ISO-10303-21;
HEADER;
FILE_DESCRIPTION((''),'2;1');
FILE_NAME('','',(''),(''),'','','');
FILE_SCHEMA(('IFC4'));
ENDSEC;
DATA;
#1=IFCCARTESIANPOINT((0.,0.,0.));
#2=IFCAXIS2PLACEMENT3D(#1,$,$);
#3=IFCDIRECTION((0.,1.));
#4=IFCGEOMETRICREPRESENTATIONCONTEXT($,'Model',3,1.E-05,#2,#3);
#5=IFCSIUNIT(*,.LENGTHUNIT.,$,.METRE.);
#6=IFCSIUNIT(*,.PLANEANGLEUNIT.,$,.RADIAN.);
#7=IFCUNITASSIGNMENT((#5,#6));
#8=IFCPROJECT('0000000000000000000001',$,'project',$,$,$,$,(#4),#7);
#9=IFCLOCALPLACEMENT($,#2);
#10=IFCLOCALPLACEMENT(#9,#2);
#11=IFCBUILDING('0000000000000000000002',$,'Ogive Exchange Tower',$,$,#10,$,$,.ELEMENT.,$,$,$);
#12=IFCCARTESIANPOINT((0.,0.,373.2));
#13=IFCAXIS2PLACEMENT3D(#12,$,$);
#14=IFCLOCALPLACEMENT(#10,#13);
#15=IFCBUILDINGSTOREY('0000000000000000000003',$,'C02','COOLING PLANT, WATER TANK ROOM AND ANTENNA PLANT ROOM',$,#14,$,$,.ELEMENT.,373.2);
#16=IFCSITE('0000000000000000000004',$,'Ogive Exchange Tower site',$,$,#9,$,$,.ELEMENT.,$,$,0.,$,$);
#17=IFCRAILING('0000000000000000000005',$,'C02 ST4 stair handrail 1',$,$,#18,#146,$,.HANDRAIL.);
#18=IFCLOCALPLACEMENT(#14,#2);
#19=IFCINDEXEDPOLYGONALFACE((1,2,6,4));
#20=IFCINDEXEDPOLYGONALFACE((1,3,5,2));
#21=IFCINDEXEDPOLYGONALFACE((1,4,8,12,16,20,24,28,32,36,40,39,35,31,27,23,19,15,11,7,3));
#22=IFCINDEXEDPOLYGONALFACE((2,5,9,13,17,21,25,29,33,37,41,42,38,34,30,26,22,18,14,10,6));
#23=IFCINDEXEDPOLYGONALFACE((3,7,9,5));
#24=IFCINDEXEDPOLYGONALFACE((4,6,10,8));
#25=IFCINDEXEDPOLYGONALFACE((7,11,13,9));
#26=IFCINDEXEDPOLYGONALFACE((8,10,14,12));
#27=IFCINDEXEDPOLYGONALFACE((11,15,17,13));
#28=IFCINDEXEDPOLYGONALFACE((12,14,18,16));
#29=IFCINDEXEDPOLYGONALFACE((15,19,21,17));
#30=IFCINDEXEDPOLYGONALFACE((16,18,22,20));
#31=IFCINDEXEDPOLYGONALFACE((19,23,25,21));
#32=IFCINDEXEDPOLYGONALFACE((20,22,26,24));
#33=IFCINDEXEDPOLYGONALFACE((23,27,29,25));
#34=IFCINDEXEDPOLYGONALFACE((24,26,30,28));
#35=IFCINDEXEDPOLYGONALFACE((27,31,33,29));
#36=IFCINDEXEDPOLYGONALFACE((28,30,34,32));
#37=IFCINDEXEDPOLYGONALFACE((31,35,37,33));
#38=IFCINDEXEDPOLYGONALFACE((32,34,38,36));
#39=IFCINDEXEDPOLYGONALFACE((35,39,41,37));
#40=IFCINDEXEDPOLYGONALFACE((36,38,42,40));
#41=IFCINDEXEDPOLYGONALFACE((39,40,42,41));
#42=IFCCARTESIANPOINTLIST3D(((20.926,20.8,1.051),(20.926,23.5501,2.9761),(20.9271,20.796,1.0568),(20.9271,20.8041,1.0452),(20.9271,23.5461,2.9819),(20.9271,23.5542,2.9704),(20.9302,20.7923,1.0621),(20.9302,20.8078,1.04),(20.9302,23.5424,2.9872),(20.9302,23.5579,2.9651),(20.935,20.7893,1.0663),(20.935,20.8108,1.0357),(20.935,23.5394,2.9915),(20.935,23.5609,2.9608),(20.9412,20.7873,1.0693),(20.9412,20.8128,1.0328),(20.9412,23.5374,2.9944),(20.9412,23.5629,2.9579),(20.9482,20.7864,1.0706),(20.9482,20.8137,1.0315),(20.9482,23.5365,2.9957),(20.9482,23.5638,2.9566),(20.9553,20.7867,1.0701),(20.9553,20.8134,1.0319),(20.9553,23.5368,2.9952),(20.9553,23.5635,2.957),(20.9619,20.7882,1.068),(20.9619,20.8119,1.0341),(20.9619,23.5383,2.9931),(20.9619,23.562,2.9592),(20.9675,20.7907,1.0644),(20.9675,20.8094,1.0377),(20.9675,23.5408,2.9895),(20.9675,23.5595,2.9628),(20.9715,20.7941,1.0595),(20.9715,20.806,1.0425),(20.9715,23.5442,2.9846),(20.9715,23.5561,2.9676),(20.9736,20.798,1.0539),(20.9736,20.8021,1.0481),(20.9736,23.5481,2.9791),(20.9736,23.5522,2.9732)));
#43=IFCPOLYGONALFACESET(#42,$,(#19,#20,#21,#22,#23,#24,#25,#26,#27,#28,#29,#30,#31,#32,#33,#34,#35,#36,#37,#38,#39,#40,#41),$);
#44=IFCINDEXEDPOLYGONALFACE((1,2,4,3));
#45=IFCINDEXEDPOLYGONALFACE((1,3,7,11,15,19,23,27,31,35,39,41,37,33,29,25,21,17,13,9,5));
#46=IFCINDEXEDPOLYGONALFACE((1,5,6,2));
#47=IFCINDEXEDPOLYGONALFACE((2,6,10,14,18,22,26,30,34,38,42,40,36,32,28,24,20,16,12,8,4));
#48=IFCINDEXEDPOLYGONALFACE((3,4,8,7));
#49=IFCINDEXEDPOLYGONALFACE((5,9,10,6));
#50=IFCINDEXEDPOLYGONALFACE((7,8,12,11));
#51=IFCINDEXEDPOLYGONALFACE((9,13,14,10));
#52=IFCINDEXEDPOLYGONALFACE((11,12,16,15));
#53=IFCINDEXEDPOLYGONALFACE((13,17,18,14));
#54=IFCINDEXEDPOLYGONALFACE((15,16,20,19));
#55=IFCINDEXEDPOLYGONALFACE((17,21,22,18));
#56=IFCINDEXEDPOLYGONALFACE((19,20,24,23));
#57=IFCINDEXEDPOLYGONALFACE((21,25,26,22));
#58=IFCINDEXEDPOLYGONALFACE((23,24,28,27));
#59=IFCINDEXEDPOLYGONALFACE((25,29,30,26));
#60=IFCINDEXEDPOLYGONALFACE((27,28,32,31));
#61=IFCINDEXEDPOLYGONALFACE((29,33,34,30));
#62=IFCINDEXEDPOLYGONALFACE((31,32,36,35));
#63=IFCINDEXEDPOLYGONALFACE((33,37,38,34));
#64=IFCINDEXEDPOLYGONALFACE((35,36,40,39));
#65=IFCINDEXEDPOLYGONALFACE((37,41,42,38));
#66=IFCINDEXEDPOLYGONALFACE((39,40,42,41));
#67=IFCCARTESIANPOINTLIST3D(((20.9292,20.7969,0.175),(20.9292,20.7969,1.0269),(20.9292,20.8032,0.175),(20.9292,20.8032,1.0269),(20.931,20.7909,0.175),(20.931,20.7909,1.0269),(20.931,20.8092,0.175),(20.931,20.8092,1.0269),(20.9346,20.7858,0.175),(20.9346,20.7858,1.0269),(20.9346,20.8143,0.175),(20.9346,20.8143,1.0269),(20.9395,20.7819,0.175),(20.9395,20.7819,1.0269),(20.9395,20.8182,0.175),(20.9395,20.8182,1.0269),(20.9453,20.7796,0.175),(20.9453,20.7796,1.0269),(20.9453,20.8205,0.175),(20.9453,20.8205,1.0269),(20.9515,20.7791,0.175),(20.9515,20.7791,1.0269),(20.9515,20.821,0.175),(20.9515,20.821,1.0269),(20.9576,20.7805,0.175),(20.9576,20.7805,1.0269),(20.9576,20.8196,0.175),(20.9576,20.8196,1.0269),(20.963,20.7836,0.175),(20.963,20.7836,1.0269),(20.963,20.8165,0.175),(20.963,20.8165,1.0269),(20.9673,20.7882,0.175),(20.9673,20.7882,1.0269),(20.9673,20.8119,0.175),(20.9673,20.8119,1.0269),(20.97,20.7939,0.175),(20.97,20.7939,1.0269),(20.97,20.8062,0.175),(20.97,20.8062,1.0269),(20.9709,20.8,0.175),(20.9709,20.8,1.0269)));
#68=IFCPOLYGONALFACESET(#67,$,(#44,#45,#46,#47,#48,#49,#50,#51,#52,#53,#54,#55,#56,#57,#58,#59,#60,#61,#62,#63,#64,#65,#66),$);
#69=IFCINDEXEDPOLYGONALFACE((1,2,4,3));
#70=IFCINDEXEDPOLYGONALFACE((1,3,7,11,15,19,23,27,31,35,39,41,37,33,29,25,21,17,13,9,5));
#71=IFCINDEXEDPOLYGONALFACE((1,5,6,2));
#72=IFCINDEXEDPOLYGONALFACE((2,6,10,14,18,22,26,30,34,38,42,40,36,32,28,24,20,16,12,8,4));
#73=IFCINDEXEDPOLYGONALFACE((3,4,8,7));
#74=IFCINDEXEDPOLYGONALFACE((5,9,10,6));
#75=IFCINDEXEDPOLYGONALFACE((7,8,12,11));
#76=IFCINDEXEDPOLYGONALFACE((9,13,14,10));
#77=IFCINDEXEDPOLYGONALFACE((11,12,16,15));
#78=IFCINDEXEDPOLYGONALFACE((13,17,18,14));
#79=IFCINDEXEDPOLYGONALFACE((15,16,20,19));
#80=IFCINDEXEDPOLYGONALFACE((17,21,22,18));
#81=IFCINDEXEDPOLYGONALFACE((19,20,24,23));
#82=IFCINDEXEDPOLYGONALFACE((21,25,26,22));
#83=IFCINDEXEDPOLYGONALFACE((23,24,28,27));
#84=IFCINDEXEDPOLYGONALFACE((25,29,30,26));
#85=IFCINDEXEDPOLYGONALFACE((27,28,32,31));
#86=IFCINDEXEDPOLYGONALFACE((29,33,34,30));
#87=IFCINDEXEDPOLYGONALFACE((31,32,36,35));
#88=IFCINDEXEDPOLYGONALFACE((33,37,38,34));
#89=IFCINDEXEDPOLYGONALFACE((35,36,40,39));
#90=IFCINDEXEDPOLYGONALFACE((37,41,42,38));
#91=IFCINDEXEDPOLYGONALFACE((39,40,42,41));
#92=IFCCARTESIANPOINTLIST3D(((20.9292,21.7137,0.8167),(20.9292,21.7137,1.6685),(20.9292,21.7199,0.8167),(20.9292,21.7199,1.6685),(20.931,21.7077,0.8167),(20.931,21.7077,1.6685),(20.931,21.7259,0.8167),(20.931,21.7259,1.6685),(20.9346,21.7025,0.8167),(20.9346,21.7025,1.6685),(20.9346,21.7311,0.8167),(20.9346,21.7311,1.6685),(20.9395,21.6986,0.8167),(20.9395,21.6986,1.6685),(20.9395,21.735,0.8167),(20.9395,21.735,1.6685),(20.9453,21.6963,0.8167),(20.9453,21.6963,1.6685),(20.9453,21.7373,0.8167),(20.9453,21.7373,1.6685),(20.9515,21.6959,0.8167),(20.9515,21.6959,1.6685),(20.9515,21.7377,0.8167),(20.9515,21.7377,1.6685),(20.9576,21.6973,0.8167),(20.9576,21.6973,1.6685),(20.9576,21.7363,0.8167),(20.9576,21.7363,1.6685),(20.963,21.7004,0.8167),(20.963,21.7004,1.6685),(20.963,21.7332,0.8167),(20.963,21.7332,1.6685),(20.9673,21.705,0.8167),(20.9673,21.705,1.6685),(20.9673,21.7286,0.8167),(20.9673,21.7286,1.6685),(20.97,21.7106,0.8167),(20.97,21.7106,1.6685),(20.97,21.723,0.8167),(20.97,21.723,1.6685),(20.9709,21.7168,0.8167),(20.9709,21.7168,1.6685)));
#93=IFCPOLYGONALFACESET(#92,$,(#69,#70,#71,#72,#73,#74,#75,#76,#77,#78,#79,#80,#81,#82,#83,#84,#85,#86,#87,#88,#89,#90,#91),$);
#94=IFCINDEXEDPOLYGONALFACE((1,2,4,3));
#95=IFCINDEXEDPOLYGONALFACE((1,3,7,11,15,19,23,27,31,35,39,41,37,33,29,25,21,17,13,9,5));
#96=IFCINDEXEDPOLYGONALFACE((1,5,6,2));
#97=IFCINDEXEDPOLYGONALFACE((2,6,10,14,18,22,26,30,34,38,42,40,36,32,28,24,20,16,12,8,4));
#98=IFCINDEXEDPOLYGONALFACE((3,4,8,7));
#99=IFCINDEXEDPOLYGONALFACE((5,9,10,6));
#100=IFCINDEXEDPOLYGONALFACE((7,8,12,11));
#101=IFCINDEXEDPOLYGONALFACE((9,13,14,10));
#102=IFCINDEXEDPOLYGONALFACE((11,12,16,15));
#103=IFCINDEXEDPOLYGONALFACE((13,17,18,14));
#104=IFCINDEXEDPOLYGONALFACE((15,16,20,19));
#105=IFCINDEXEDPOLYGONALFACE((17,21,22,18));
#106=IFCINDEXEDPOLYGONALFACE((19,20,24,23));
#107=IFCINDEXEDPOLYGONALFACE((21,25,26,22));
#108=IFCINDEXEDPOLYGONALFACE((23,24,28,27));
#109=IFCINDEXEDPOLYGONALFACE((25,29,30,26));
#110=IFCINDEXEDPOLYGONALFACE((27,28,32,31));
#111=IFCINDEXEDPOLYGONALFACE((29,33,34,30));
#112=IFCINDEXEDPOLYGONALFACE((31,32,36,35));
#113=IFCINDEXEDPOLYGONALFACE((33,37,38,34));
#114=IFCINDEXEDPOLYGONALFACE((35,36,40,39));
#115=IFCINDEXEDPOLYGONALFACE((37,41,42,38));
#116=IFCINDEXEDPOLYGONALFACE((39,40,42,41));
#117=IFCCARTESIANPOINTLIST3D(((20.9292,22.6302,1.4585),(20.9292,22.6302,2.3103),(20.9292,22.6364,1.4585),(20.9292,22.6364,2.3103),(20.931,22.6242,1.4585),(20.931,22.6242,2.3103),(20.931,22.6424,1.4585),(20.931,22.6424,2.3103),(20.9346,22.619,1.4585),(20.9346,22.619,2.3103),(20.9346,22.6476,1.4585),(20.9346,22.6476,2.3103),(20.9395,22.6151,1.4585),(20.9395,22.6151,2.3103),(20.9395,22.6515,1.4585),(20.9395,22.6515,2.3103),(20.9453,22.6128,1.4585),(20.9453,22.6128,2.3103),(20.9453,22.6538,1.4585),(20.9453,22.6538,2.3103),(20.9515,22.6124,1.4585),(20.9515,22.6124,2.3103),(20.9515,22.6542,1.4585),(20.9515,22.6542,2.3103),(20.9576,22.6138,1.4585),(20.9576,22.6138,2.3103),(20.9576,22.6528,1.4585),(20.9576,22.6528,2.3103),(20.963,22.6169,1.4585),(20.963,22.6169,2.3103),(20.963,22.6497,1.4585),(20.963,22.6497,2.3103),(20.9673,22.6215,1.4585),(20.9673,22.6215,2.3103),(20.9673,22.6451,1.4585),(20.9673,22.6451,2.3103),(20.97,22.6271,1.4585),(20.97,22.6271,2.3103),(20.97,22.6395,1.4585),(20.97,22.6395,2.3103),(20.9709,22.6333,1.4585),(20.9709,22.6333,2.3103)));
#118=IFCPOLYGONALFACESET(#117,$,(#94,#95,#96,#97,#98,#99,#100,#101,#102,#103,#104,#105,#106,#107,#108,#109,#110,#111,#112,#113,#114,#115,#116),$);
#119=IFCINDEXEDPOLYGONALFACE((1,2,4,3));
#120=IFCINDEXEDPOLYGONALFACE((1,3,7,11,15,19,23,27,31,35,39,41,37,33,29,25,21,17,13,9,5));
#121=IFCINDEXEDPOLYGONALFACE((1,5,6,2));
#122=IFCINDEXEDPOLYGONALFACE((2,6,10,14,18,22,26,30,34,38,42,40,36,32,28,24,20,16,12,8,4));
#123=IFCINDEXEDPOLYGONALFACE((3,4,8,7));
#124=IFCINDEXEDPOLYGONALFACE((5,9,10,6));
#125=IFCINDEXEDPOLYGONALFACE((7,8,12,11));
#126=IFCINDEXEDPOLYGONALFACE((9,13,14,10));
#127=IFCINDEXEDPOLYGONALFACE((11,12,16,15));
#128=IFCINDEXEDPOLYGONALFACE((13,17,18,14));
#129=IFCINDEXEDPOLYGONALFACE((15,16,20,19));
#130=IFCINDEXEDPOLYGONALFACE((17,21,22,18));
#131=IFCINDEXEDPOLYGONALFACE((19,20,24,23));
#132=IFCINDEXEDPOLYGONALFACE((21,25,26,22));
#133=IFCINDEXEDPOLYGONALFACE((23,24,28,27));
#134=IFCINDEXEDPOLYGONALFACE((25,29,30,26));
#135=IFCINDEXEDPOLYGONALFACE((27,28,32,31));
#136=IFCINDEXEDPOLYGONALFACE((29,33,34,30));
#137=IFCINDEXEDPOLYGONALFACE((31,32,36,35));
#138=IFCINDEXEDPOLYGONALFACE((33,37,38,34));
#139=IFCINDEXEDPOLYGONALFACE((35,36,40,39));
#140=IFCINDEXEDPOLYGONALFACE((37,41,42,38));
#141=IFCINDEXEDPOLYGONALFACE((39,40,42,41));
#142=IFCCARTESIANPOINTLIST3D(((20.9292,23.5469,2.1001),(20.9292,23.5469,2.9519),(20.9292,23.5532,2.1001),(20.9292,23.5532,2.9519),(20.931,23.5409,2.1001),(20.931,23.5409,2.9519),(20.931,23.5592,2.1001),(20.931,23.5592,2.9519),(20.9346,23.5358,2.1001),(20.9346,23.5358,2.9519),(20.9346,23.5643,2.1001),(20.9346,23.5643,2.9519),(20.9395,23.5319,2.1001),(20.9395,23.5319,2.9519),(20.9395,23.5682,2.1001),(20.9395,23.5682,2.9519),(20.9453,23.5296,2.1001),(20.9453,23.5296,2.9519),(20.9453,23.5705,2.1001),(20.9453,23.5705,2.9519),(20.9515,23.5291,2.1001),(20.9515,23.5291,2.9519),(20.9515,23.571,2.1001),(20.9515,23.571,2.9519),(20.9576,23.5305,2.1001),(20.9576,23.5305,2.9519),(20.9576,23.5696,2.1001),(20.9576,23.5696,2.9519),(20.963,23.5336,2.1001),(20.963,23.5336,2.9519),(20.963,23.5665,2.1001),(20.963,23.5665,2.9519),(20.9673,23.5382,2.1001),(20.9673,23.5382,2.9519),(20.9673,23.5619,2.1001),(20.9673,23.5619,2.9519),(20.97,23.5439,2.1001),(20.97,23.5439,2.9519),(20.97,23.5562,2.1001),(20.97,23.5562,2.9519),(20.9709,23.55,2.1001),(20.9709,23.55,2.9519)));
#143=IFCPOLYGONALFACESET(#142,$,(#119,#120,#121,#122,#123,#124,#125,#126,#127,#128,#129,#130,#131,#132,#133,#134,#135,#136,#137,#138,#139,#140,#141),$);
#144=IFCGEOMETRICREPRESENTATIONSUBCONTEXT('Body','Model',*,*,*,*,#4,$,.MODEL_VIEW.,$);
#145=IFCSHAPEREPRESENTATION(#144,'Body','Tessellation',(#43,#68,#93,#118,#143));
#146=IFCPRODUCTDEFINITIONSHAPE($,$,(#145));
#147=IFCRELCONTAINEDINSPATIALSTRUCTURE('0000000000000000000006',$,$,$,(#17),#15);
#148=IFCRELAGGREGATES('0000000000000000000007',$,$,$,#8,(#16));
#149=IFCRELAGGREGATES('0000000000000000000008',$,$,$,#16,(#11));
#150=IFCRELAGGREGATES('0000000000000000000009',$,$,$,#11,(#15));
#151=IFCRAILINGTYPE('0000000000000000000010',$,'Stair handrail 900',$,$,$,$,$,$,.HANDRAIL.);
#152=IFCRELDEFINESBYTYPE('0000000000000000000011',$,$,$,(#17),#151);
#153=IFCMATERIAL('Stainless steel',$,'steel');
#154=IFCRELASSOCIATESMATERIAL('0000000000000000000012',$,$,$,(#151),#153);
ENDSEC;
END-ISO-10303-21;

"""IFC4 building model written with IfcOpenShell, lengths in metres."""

from ifc_helpers import new_model, si_unit, direction, frame, origin, origin_2d, place, context, subcontext, project, spatial, circle, extrude, material, type_object, element, save


model = new_model("IFC4")

# Units and contexts
model_context = context("Model", 3, precision=1e-05, world=origin(), true_north=direction((0.0, 1.0)))
body_context = subcontext(model_context, "Body", "Model", "MODEL_VIEW")
ifc_project = project(units=[si_unit("LENGTHUNIT", "METRE"), si_unit("PLANEANGLEUNIT", "RADIAN")], contexts=[model_context])

# Site, building, storey
site_placement = place(None, origin())
site = spatial("IfcSite", under=ifc_project, at=site_placement, Name="Ogive Exchange Tower site", CompositionType="ELEMENT", RefElevation=0.0)
building_placement = place(site_placement, origin())
building = spatial("IfcBuilding", under=site, at=building_placement, Name="Ogive Exchange Tower", CompositionType="ELEMENT")
storey_placement = place(building_placement, frame((0.0, 0.0, 373.2)))
storey = spatial("IfcBuildingStorey", under=building, at=storey_placement, Name="C02", Description="COOLING PLANT, WATER TANK ROOM AND ANTENNA PLANT ROOM", CompositionType="ELEMENT", Elevation=373.2)

# Shared definitions
ifc_material_1 = material(Name="Stainless steel", Category="steel")

# Railing
railing_type = type_object("IfcRailingType", Name="Stair handrail 900", PredefinedType="HANDRAIL", material=ifc_material_1)
railing_1_placement = place(storey_placement, frame((20.95, 20.8, 0.175)))
element("IfcRailing", 1, at=railing_1_placement, inside=storey, type_object=railing_type, Name="C02 ST4 stair handrail 1", PredefinedType="HANDRAIL", context=body_context, shape_type="SweptSolid", body=[
    extrude(circle(Radius=0.0239, at=origin_2d()), frame((0.0, 0.0, 0.876), z_axis=(0.0, 0.819225, 0.573472), x_axis=(-1.0, 0.0, 0.0)), (0.0, 0.0, 1.0), 3.3569),
    extrude(circle(Radius=0.021, at=origin_2d()), origin(), (0.0, 0.0, 1.0), 0.8518),
    extrude(circle(Radius=0.021, at=origin_2d()), frame((0.0, 0.9167, 0.6416)), (0.0, 0.0, 1.0), 0.8518),
    extrude(circle(Radius=0.021, at=origin_2d()), frame((0.0, 1.8333, 1.2834)), (0.0, 0.0, 1.0), 0.8518),
    extrude(circle(Radius=0.021, at=origin_2d()), frame((0.0, 2.75, 1.925)), (0.0, 0.0, 1.0), 0.8518),
])

save(model, "model.ifc")
